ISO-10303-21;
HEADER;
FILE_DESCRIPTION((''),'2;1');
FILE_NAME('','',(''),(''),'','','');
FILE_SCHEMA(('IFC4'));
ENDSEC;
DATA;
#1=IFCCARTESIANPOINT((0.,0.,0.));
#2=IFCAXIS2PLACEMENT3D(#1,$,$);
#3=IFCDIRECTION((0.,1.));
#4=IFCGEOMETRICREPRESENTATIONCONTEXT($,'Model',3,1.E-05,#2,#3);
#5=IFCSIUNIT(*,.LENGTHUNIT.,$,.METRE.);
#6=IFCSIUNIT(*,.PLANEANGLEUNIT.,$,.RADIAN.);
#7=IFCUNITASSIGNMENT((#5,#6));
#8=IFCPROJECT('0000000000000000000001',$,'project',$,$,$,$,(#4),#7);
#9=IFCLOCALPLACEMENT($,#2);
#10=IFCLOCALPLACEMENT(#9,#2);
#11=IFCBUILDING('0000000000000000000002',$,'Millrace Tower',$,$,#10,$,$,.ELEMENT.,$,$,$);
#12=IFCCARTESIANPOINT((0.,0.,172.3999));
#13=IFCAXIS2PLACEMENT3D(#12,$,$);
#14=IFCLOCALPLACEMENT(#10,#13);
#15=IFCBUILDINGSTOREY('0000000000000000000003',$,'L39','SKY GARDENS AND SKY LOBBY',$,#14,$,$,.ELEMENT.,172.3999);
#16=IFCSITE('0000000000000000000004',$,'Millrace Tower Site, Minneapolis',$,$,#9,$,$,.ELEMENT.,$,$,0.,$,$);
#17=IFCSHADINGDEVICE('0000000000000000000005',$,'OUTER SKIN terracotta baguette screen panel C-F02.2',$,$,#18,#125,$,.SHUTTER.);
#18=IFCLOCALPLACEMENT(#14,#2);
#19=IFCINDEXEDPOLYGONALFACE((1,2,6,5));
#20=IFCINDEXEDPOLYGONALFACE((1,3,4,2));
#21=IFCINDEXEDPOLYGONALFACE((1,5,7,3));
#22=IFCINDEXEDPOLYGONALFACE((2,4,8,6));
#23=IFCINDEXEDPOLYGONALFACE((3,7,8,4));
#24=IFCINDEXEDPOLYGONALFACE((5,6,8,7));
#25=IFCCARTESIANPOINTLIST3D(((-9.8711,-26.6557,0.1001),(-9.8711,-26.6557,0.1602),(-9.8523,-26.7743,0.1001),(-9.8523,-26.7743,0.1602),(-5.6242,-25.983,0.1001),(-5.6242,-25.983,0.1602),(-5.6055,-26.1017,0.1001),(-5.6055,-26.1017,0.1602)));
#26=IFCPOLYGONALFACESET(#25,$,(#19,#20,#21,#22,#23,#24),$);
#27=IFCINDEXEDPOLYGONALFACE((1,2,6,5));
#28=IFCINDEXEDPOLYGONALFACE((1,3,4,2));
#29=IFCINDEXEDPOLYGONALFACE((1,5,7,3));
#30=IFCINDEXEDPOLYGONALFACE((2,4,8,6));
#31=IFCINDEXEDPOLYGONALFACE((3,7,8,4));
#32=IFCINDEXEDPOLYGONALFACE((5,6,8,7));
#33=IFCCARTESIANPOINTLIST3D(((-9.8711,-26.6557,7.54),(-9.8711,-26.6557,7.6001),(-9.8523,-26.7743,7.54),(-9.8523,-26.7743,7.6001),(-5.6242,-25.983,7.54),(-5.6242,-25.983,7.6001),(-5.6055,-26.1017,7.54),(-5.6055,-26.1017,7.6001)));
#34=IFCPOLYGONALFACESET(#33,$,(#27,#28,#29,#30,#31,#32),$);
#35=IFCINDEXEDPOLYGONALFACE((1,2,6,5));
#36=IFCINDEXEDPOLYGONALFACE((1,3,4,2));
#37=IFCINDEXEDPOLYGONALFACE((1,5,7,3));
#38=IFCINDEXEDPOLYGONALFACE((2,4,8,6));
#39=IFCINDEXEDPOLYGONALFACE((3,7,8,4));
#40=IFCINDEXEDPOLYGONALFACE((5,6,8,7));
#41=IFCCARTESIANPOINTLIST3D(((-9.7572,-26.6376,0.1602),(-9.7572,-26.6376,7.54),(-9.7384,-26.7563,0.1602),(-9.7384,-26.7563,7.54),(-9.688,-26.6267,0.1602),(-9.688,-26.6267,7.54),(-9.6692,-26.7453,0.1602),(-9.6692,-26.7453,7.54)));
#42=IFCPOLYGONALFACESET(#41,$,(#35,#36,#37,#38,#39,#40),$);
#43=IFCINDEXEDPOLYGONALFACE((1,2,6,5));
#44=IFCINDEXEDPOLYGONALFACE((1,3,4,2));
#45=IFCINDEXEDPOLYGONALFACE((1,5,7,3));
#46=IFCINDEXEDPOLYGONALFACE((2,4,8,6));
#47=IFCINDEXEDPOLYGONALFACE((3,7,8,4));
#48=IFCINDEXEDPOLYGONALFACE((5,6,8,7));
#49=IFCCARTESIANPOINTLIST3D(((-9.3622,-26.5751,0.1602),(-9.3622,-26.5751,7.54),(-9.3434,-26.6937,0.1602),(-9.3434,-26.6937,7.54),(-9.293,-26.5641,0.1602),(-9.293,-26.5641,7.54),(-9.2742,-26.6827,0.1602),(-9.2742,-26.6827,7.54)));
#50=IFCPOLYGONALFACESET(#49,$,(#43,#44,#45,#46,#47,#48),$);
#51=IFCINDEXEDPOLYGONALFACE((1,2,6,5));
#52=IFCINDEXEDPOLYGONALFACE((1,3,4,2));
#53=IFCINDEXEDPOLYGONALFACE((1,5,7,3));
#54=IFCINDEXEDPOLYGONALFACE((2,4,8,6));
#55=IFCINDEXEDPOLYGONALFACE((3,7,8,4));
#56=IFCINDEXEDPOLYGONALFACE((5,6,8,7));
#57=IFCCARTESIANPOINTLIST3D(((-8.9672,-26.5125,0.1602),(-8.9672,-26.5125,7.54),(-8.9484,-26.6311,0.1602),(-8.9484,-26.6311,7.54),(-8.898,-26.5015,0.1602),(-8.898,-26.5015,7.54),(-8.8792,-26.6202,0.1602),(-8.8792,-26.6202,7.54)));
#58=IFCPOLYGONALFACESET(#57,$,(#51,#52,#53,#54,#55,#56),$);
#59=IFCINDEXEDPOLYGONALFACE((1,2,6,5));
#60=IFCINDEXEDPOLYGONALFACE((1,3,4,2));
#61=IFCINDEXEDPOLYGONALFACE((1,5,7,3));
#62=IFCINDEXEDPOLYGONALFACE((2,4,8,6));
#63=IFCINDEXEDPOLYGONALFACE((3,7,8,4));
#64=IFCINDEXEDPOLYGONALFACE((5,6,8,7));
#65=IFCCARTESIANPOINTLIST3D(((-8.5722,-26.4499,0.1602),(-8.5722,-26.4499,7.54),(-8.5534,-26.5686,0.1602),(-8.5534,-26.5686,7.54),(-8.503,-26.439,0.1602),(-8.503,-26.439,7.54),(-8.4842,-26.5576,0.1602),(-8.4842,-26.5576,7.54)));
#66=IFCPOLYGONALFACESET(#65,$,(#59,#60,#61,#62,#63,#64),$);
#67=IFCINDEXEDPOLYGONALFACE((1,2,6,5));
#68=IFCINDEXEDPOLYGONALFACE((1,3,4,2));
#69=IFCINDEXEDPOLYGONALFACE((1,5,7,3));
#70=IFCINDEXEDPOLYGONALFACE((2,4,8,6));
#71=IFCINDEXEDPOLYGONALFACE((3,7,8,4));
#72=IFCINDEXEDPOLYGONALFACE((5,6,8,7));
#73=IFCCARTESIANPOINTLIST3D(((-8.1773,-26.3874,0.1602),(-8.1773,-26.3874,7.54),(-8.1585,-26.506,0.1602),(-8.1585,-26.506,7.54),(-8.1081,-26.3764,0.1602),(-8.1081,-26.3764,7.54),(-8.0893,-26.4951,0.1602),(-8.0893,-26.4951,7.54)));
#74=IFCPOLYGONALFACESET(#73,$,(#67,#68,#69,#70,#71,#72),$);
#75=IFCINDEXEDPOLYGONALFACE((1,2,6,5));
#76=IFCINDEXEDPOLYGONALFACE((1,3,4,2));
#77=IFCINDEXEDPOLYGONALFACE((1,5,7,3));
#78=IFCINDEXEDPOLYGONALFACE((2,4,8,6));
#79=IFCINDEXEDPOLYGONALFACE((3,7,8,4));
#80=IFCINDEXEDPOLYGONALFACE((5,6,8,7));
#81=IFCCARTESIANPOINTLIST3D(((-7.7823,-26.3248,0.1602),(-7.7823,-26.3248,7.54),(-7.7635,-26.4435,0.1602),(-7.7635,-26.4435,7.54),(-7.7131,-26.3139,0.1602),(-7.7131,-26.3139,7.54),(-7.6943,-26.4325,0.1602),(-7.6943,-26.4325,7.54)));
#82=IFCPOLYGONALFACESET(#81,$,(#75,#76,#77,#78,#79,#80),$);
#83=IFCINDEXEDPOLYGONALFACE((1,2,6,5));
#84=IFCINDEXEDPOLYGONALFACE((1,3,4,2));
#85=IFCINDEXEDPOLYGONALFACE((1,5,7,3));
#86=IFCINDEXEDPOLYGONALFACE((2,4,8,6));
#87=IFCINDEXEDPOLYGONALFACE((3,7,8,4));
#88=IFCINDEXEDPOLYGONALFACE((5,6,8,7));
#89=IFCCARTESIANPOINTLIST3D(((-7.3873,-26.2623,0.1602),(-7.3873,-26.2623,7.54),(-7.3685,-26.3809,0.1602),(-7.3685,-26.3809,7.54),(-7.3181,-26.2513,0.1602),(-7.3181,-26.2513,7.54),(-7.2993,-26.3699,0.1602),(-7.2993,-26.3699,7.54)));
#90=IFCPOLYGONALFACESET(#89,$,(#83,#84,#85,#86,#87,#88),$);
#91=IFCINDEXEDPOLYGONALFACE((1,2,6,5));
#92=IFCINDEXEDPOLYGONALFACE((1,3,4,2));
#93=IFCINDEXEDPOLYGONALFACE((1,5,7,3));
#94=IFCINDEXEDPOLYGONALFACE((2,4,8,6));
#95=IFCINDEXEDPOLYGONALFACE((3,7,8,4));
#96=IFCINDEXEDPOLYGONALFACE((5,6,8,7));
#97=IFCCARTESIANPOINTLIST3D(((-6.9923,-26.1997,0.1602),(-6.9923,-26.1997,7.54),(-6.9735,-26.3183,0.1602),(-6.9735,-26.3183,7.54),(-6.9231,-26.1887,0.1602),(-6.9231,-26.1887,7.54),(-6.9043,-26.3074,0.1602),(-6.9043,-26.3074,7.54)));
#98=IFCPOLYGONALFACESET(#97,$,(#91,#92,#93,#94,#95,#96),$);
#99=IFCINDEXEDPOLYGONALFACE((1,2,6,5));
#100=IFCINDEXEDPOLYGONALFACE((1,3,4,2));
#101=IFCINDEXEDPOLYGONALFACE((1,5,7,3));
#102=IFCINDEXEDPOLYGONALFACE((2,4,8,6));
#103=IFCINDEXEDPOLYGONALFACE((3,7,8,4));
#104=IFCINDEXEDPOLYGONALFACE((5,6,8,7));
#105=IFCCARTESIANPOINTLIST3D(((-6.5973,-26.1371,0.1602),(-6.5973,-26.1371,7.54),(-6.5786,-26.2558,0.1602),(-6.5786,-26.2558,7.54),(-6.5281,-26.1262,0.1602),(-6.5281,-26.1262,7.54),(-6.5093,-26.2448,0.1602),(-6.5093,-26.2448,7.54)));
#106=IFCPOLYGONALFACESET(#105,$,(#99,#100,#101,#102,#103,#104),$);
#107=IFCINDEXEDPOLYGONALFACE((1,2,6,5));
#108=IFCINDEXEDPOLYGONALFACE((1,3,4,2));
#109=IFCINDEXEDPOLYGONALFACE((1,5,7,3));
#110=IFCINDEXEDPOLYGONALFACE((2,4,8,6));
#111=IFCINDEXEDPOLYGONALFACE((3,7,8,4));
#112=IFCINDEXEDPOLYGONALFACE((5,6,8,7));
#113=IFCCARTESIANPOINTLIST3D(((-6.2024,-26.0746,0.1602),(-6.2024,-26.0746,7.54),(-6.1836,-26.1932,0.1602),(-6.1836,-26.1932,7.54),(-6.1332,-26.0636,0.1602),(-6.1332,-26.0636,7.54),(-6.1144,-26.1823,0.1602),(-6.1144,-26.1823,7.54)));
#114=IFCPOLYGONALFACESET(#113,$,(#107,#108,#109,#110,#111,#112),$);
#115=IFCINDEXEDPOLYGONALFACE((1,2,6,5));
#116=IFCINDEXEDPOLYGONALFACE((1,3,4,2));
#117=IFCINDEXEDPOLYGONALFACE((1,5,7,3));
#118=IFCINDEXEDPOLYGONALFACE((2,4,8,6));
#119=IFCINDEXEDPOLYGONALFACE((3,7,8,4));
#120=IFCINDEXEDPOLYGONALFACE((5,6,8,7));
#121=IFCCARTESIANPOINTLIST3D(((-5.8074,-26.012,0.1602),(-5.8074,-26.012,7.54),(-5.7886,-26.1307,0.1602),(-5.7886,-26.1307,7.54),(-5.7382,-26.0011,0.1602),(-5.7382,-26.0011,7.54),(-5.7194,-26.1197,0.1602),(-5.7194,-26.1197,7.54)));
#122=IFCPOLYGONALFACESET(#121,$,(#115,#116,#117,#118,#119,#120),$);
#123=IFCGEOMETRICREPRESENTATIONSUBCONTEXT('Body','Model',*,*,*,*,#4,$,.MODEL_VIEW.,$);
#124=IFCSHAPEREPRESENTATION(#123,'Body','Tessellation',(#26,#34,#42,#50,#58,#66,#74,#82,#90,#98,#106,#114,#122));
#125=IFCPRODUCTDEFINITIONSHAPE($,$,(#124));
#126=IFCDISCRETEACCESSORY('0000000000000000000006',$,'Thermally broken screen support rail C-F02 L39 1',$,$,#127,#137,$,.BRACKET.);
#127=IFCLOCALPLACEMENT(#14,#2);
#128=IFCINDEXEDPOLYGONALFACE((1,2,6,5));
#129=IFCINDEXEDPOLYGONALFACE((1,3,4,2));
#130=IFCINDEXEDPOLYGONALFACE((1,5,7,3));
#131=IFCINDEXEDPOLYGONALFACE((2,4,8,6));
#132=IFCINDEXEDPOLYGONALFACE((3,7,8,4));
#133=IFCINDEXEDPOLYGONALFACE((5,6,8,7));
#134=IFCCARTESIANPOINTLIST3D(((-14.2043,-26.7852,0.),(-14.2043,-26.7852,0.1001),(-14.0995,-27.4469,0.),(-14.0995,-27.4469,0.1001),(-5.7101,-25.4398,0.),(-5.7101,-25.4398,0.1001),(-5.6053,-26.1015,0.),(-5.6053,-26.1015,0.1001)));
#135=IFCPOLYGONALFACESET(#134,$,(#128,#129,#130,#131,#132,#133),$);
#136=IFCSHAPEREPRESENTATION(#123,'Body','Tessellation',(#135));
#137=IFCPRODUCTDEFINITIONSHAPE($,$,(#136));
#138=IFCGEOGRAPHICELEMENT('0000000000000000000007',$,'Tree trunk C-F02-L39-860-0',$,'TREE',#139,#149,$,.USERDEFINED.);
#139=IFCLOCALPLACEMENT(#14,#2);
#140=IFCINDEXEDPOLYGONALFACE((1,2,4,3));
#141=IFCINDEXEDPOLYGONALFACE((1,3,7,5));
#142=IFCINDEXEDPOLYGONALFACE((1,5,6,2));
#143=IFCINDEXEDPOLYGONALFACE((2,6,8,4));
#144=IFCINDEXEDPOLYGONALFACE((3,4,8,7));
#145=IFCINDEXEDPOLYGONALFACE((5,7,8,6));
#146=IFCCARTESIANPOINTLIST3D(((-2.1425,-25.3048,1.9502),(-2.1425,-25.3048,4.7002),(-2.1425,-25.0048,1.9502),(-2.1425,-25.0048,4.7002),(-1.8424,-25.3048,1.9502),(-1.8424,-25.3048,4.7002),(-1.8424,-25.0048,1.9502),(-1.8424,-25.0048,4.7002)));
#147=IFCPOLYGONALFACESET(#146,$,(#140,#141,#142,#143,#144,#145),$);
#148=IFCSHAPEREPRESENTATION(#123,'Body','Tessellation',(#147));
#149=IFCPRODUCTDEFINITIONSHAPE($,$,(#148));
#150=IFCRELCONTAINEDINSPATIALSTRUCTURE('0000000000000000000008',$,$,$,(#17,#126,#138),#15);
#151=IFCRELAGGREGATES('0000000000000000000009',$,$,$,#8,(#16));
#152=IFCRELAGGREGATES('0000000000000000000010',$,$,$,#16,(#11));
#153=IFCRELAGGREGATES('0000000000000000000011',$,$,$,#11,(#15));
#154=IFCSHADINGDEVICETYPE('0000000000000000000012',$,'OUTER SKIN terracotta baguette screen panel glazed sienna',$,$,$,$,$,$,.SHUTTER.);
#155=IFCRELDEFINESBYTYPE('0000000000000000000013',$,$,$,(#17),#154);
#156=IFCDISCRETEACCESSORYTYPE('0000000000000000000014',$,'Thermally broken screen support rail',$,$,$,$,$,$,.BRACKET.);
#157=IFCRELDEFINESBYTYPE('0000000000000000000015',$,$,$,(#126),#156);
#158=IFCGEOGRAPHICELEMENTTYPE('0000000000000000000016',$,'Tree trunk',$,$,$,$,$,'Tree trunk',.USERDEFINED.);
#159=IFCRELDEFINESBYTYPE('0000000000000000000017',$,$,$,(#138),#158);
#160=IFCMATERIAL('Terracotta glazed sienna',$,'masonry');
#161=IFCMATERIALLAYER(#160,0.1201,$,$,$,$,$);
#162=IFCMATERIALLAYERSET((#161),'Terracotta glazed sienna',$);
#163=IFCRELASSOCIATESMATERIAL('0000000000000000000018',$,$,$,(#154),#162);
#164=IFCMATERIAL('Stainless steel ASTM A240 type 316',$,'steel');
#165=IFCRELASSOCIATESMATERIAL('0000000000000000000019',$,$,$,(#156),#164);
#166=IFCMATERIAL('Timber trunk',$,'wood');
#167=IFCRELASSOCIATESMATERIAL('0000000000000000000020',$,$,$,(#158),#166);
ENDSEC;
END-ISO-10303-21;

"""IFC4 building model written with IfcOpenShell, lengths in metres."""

from ifc_helpers import new_model, entity, si_unit, direction, frame, frame_2d, origin, origin_2d, place, context, subcontext, project, spatial, rectangle, extrude, source, transform, mapped, material, layer, layer_set, type_object, element, save


model = new_model("IFC4")

# Units and contexts
model_context = context("Model", 3, precision=1e-05, world=origin(), true_north=direction((0.0, 1.0)))
body_context = subcontext(model_context, "Body", "Model", "MODEL_VIEW")
ifc_project = project(units=[si_unit("LENGTHUNIT", "METRE"), si_unit("PLANEANGLEUNIT", "RADIAN")], contexts=[model_context])

# Site, building, storey
site_placement = place(None, origin())
site = spatial("IfcSite", under=ifc_project, at=site_placement, Name="Millrace Tower Site, Minneapolis", CompositionType="ELEMENT", RefElevation=0.0)
building_placement = place(site_placement, origin())
building = spatial("IfcBuilding", under=site, at=building_placement, Name="Millrace Tower", CompositionType="ELEMENT")
storey_placement = place(building_placement, frame((0.0, 0.0, 172.3999)))
storey = spatial("IfcBuildingStorey", under=building, at=storey_placement, Name="L39", Description="SKY GARDENS AND SKY LOBBY", CompositionType="ELEMENT", Elevation=172.3999)

# Shading device
ifc_material_1 = material(Name="Terracotta glazed sienna", Category="masonry")
ifc_layer_1 = layer(ifc_material_1, 0.1201)
ifc_layer_set_1 = layer_set([ifc_layer_1], Name="Terracotta glazed sienna")
shading_device_type = type_object("IfcShadingDeviceType", Name="OUTER SKIN terracotta baguette screen panel glazed sienna", PredefinedType="SHUTTER", material=ifc_layer_set_1)
cartesian_point_1 = entity("IfcCartesianPoint", [-2.1499, 0.0601])
shared_polyline_1 = entity("IfcPolyline", [cartesian_point_1, entity("IfcCartesianPoint", [2.1499, 0.0601]), entity("IfcCartesianPoint", [2.1499, -0.0601]), entity("IfcCartesianPoint", [-2.1499, -0.0601]), cartesian_point_1])
shared_shape_1 = source(origin(), body_context, "Body", "SweptSolid", [
    entity("IfcExtrudedAreaSolid", entity("IfcArbitraryClosedProfileDef", "AREA", None, shared_polyline_1), entity("IfcAxis2Placement3D", entity("IfcCartesianPoint", [0.0, 0.0, 0.0])), entity("IfcDirection", [0.0, 0.0, 1.0]), 0.0601),
    entity("IfcExtrudedAreaSolid", entity("IfcArbitraryClosedProfileDef", "AREA", None, shared_polyline_1), entity("IfcAxis2Placement3D", entity("IfcCartesianPoint", [0.0, 0.0, 7.4399])), entity("IfcDirection", [0.0, 0.0, 1.0]), 0.0601),
    extrude(rectangle(XDim=0.0701, YDim=0.1201, at=frame_2d((-1.9995, 0.0))), frame((0.0, 0.0, 0.0601)), (0.0, 0.0, 1.0), 7.3799),
    extrude(rectangle(XDim=0.0701, YDim=0.1201, at=frame_2d((-1.5996, 0.0))), frame((0.0, 0.0, 0.0601)), (0.0, 0.0, 1.0), 7.3799),
    extrude(rectangle(XDim=0.0701, YDim=0.1201, at=frame_2d((-1.1997, 0.0))), frame((0.0, 0.0, 0.0601)), (0.0, 0.0, 1.0), 7.3799),
    extrude(rectangle(XDim=0.0701, YDim=0.1201, at=frame_2d((-0.7998, 0.0))), frame((0.0, 0.0, 0.0601)), (0.0, 0.0, 1.0), 7.3799),
    extrude(rectangle(XDim=0.0701, YDim=0.1201, at=frame_2d((-0.3999, 0.0))), frame((0.0, 0.0, 0.0601)), (0.0, 0.0, 1.0), 7.3799),
    extrude(rectangle(XDim=0.0701, YDim=0.1201, at=origin_2d()), frame((0.0, 0.0, 0.0601)), (0.0, 0.0, 1.0), 7.3799),
    extrude(rectangle(XDim=0.0701, YDim=0.1201, at=frame_2d((0.3999, 0.0))), frame((0.0, 0.0, 0.0601)), (0.0, 0.0, 1.0), 7.3799),
    extrude(rectangle(XDim=0.0701, YDim=0.1201, at=frame_2d((0.7998, 0.0))), frame((0.0, 0.0, 0.0601)), (0.0, 0.0, 1.0), 7.3799),
    extrude(rectangle(XDim=0.0701, YDim=0.1201, at=frame_2d((1.1997, 0.0))), frame((0.0, 0.0, 0.0601)), (0.0, 0.0, 1.0), 7.3799),
    extrude(rectangle(XDim=0.0701, YDim=0.1201, at=frame_2d((1.5996, 0.0))), frame((0.0, 0.0, 0.0601)), (0.0, 0.0, 1.0), 7.3799),
    extrude(rectangle(XDim=0.0701, YDim=0.1201, at=frame_2d((1.9995, 0.0))), frame((0.0, 0.0, 0.0601)), (0.0, 0.0, 1.0), 7.3799),
])
shading_device_1_placement = place(storey_placement, frame((-7.7383, -26.3787, 0.1001), z_axis=(0.0, 0.0, 1.0), x_axis=(0.987688, 0.156434, 0.0)))
element("IfcShadingDevice", 1, at=shading_device_1_placement, inside=storey, type_object=shading_device_type, Name="OUTER SKIN terracotta baguette screen panel C-F02.2", PredefinedType="SHUTTER", context=body_context, shape_type="MappedRepresentation", body=[
    mapped(shared_shape_1, transform((0.0, 0.0, 0.0), scale=1.0)),
])

# Discrete accessory
ifc_material_2 = material(Name="Stainless steel ASTM A240 type 316", Category="steel")
discrete_accessory_type = type_object("IfcDiscreteAccessoryType", Name="Thermally broken screen support rail", PredefinedType="BRACKET", material=ifc_material_2)
discrete_accessory_placement = place(storey_placement, frame((-9.9048, -26.4434, 0.0), z_axis=(0.0, 0.0, 1.0), x_axis=(0.987688, 0.156434, 0.0)))
element("IfcDiscreteAccessory", 2, at=discrete_accessory_placement, inside=storey, type_object=discrete_accessory_type, Name="Thermally broken screen support rail C-F02 L39 1", PredefinedType="BRACKET", context=body_context, shape_type="SweptSolid", body=[
    extrude(rectangle(XDim=8.6001, YDim=0.6699, at=origin_2d()), origin(), (0.0, 0.0, 1.0), 0.1001),
])

# Geographic element
ifc_material_3 = material(Name="Timber trunk", Category="wood")
geographic_element_type = type_object("IfcGeographicElementType", Name="Tree trunk", ElementType="Tree trunk", PredefinedType="USERDEFINED", material=ifc_material_3)
geographic_element_placement = place(storey_placement, frame((-1.9924, -25.1548, 1.9502), z_axis=(0.0, 0.0, 1.0), x_axis=(1.0, 0.0, 0.0)))
element("IfcGeographicElement", 3, at=geographic_element_placement, inside=storey, type_object=geographic_element_type, Name="Tree trunk C-F02-L39-860-0", ObjectType="TREE", PredefinedType="USERDEFINED", context=body_context, shape_type="SweptSolid", body=[
    extrude(rectangle(XDim=0.3, YDim=0.3, at=origin_2d()), origin(), (0.0, 0.0, 1.0), 2.75),
])

save(model, "model.ifc")
